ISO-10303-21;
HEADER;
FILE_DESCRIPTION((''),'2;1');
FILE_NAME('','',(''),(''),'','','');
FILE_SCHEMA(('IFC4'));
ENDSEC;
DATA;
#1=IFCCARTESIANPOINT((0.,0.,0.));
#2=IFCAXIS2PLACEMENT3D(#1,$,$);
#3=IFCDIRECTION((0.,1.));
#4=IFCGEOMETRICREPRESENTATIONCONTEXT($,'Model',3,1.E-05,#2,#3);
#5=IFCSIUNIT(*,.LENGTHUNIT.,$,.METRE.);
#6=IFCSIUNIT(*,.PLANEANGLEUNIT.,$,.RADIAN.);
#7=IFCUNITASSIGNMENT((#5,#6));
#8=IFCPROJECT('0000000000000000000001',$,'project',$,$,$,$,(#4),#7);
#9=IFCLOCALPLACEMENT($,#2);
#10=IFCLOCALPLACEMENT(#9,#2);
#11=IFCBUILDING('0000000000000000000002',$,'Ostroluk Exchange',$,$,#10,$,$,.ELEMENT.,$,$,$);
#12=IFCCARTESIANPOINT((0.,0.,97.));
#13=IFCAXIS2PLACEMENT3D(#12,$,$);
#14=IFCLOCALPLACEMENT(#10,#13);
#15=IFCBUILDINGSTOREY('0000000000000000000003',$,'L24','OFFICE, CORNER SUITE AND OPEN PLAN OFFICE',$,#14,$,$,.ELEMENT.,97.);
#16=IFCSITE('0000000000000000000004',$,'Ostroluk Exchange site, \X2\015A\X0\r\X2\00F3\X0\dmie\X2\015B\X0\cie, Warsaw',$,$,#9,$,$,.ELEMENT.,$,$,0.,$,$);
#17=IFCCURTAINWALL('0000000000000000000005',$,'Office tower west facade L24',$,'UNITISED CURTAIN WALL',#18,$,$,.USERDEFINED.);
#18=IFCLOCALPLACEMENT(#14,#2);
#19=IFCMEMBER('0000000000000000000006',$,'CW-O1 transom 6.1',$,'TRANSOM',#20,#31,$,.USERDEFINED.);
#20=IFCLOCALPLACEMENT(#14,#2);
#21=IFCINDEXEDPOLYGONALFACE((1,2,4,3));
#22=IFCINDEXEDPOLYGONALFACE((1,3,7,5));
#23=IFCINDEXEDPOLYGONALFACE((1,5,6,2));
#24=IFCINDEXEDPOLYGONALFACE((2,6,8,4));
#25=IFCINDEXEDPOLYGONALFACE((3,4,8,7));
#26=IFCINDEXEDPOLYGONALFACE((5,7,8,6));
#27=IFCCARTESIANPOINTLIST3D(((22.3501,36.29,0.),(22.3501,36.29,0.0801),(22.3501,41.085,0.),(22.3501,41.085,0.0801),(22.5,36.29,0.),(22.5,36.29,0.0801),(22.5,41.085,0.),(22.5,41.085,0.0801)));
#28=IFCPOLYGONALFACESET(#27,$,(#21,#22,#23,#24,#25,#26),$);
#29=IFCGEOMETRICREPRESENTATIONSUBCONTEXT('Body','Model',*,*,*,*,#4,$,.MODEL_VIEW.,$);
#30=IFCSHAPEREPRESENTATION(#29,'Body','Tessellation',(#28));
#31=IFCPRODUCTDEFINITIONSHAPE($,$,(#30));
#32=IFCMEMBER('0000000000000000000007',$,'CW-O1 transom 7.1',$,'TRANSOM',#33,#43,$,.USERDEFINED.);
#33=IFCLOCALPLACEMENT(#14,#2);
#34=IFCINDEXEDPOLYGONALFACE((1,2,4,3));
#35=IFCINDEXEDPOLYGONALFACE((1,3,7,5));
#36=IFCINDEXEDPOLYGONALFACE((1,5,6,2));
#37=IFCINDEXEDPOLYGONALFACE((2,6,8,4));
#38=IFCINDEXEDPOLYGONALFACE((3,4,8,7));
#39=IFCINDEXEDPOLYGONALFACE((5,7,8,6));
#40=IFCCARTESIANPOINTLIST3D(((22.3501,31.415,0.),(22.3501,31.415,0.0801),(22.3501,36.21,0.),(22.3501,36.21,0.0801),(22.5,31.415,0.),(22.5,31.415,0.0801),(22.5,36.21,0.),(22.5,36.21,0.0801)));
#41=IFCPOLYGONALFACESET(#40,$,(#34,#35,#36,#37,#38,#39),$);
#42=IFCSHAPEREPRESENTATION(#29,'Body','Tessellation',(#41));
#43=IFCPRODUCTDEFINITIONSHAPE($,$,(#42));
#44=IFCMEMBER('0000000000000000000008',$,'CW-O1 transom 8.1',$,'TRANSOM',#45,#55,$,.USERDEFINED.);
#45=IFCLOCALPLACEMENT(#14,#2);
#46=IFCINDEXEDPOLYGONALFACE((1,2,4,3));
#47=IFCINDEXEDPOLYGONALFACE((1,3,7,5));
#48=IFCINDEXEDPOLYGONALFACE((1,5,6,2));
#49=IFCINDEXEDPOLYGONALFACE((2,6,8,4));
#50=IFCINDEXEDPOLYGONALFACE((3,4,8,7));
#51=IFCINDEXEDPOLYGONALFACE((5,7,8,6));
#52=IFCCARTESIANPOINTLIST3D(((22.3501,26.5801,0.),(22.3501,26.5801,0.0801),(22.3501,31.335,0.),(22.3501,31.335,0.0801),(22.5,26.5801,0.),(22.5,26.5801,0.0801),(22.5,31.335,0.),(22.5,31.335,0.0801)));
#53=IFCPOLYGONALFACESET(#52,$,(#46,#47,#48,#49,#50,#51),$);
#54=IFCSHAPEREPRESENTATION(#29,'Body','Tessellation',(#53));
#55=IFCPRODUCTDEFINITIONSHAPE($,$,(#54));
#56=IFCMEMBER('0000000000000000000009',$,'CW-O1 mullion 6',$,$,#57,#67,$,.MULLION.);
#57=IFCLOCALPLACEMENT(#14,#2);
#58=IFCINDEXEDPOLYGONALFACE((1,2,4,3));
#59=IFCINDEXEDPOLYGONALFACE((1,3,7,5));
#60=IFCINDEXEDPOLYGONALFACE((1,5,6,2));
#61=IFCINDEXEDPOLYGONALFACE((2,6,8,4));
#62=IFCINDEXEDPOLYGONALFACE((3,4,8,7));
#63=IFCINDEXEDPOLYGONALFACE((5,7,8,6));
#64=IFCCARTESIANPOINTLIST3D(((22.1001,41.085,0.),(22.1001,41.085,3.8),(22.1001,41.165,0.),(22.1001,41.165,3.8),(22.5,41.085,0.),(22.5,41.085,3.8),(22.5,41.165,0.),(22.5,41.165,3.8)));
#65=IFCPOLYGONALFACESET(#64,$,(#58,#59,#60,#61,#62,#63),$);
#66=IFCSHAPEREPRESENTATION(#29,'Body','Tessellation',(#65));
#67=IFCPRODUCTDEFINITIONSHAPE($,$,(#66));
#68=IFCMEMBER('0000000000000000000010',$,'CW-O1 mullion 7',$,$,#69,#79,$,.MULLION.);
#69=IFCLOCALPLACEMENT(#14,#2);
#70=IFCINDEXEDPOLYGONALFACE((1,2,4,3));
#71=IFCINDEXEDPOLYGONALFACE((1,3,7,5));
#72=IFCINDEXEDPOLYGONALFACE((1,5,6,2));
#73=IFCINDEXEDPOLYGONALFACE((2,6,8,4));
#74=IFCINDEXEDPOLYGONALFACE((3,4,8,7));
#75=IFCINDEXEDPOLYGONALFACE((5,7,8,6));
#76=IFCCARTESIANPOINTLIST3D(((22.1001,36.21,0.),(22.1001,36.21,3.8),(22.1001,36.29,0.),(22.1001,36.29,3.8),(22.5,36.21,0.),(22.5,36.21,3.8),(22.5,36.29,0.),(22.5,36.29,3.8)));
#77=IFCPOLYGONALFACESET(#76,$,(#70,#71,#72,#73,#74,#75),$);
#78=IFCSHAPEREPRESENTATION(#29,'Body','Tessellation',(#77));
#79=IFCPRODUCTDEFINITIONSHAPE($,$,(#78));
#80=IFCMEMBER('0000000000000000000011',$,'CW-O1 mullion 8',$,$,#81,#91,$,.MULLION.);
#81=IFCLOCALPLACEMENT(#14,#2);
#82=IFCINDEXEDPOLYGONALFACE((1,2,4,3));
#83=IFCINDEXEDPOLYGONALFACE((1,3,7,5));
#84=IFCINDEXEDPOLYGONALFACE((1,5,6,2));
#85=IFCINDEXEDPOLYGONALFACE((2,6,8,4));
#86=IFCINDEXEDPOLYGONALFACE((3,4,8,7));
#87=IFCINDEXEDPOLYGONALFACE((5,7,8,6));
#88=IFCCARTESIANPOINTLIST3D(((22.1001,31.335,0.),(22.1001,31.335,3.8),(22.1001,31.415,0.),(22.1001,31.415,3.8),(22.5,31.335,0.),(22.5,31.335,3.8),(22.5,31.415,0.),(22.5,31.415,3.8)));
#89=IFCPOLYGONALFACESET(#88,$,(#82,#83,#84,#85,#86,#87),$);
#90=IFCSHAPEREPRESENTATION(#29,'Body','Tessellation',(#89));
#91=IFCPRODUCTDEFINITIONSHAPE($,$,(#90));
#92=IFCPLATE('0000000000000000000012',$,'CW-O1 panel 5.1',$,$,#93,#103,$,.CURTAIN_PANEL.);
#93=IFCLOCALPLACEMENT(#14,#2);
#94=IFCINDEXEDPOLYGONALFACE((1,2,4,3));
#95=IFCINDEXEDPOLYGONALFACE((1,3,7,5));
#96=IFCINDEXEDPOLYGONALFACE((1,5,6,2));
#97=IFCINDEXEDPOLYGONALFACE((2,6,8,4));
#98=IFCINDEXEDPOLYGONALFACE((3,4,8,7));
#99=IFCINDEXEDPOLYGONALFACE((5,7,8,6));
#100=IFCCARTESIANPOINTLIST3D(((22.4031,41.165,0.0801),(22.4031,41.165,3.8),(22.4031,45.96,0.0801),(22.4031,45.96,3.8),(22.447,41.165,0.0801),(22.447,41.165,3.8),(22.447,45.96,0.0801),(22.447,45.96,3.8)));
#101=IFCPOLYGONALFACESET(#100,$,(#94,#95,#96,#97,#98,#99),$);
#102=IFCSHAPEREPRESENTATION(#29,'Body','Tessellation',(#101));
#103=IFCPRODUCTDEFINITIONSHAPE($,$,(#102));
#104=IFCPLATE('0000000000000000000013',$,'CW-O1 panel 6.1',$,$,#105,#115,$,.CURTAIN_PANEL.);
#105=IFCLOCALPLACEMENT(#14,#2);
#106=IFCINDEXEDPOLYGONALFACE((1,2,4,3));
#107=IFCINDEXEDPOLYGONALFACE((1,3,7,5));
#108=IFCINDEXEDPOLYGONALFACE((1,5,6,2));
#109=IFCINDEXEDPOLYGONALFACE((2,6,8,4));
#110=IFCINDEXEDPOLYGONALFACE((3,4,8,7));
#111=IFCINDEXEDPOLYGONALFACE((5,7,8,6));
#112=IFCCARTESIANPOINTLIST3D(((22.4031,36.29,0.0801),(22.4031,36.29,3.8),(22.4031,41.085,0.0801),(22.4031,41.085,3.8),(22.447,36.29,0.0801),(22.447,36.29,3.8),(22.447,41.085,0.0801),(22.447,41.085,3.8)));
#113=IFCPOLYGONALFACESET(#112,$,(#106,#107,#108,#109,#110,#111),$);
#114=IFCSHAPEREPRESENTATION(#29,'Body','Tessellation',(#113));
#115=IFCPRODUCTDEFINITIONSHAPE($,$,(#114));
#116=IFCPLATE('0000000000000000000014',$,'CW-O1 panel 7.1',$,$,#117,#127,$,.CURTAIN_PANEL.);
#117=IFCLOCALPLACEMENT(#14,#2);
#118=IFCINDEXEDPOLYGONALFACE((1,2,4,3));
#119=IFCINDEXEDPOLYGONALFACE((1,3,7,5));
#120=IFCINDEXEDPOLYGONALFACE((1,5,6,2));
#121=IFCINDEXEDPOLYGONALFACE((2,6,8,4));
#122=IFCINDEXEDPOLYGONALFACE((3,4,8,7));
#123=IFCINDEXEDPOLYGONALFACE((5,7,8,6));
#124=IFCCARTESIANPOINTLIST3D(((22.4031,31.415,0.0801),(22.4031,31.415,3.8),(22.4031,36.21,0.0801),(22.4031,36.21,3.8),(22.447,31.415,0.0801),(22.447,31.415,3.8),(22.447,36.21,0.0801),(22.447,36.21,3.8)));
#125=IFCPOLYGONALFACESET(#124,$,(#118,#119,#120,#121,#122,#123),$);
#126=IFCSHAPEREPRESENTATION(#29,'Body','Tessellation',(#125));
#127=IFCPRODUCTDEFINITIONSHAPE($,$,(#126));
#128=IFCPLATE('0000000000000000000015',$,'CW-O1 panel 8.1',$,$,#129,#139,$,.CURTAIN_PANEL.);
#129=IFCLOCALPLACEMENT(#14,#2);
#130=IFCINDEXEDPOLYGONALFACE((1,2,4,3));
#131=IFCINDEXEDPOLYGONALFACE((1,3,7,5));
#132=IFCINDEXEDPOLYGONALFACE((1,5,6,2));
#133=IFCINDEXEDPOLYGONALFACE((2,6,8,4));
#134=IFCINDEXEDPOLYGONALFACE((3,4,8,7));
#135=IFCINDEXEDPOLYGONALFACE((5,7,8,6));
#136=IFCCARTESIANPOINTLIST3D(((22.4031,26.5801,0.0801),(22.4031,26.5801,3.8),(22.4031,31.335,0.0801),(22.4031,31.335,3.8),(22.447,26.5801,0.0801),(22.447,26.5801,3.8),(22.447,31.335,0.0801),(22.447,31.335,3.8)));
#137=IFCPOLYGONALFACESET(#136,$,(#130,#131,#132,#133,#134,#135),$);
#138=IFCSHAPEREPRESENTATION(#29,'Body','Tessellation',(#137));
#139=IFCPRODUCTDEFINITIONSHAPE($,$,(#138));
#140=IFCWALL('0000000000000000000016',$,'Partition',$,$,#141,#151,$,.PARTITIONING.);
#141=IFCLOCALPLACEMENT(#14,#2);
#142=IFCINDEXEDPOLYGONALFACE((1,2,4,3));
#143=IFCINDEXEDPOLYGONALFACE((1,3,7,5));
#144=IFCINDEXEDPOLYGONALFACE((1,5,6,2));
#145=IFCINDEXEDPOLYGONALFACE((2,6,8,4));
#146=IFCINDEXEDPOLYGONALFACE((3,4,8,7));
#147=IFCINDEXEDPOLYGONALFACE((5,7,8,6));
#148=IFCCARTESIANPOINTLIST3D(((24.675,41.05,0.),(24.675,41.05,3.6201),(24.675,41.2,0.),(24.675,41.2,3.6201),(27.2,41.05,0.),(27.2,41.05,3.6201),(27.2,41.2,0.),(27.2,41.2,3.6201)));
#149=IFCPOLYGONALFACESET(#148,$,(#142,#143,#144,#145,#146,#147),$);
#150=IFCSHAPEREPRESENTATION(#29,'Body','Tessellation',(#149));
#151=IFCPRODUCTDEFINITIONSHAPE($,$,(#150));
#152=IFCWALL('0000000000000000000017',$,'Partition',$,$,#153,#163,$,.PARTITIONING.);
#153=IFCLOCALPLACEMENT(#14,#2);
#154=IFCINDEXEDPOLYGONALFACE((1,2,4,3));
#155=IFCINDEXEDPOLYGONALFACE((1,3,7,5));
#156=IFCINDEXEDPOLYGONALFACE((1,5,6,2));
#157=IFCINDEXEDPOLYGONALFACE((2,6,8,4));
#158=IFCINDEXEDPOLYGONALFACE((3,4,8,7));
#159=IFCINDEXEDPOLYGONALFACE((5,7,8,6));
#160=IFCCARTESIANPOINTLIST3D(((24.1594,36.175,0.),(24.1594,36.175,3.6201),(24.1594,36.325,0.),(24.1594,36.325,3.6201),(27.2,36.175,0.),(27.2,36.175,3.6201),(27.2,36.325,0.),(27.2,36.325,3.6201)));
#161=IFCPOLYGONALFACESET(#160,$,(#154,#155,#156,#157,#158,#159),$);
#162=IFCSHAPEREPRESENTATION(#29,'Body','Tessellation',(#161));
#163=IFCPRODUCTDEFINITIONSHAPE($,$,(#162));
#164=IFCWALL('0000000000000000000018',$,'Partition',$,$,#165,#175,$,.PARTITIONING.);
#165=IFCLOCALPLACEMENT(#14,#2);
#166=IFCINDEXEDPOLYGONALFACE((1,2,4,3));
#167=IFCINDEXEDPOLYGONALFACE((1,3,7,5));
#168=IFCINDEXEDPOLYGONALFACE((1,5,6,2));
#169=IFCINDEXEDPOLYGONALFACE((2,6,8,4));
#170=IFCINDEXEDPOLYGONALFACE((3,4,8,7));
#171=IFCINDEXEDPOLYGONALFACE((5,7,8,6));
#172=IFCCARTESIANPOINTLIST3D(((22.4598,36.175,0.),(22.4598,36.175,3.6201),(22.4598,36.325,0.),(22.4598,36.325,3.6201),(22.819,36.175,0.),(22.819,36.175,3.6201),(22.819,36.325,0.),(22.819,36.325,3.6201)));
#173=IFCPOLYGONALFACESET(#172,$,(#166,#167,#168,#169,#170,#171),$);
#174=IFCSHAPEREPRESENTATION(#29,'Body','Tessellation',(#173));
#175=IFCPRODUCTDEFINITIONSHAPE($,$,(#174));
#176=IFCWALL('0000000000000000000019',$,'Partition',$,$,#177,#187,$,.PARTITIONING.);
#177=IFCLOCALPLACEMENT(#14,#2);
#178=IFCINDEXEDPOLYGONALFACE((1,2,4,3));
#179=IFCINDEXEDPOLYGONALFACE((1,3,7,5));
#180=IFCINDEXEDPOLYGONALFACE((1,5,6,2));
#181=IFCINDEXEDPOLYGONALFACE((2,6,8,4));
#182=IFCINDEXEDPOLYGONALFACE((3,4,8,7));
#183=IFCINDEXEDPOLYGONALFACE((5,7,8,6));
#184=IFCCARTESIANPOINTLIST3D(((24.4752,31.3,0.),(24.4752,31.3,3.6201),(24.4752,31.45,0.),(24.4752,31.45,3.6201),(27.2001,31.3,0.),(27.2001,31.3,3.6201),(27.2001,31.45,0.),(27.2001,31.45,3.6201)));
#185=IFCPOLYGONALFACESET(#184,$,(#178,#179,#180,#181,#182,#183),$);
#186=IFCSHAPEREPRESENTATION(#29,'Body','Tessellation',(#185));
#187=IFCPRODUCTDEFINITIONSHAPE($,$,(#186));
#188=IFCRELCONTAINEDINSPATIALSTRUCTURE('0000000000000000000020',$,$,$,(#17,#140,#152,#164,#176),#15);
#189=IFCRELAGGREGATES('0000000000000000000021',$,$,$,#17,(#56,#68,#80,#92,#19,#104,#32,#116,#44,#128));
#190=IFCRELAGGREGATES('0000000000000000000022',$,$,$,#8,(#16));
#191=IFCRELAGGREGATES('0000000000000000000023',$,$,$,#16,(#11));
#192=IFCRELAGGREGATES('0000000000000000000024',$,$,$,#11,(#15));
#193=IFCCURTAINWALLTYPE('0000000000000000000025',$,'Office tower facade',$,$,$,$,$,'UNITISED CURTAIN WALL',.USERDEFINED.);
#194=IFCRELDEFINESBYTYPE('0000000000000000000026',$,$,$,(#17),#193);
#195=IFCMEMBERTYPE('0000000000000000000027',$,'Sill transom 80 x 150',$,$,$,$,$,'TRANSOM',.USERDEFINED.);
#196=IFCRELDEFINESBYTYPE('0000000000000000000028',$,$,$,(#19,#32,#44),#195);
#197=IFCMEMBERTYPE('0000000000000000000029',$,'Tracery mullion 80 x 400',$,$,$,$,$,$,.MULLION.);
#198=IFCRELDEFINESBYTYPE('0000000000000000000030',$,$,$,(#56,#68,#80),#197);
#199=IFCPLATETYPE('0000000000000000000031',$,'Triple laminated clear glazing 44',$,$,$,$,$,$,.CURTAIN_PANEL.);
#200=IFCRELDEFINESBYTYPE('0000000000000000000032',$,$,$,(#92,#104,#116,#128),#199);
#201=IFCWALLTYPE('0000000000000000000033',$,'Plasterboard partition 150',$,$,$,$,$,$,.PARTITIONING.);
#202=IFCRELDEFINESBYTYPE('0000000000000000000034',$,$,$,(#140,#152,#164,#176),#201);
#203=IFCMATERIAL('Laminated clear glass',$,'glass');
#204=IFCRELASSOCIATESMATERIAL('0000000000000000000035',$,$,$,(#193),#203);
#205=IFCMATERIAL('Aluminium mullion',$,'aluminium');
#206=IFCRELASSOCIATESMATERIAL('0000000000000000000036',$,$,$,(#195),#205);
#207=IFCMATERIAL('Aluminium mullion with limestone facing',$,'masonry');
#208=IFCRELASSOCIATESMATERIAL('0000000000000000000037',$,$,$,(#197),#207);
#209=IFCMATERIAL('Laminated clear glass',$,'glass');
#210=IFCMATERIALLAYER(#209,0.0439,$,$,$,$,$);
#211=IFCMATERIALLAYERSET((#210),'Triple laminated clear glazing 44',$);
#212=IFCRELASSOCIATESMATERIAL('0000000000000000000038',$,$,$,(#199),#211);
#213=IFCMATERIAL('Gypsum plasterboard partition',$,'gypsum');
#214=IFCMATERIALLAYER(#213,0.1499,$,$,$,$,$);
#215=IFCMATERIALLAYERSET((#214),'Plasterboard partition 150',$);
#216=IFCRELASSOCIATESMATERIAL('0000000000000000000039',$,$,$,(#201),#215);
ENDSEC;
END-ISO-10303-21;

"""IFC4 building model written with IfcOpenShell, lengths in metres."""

from ifc_helpers import new_model, si_unit, direction, frame, frame_2d, origin, origin_2d, place, context, subcontext, project, spatial, rectangle, extrude, material, layer, layer_set, material_profile, profile_set, type_object, element, aggregate, save


model = new_model("IFC4")

# Units and contexts
model_context = context("Model", 3, precision=1e-05, world=origin(), true_north=direction((0.0, 1.0)))
body_context = subcontext(model_context, "Body", "Model", "MODEL_VIEW")
ifc_project = project(units=[si_unit("LENGTHUNIT", "METRE"), si_unit("PLANEANGLEUNIT", "RADIAN")], contexts=[model_context])

# Site, building, storey
site_placement = place(None, origin())
site = spatial("IfcSite", under=ifc_project, at=site_placement, Name="Ostroluk Exchange site, Śródmieście, Warsaw", CompositionType="ELEMENT", RefElevation=0.0)
building_placement = place(site_placement, origin())
building = spatial("IfcBuilding", under=site, at=building_placement, Name="Ostroluk Exchange", CompositionType="ELEMENT")
storey_placement = place(building_placement, frame((0.0, 0.0, 97.0)))
storey = spatial("IfcBuildingStorey", under=building, at=storey_placement, Name="L24", Description="OFFICE, CORNER SUITE AND OPEN PLAN OFFICE", CompositionType="ELEMENT", Elevation=97.0)

# Curtain wall, members, plates
ifc_material_1 = material(Name="Laminated clear glass", Category="glass")
curtain_wall_type = type_object("IfcCurtainWallType", Name="Office tower facade", ElementType="UNITISED CURTAIN WALL", PredefinedType="USERDEFINED", material=ifc_material_1)
curtain_wall_placement = place(storey_placement, origin())
curtain_wall = element("IfcCurtainWall", 1, at=curtain_wall_placement, inside=storey, type_object=curtain_wall_type, Name="Office tower west facade L24", ObjectType="UNITISED CURTAIN WALL", PredefinedType="USERDEFINED")
ifc_material_2 = material(Name="Aluminium mullion", Category="aluminium")
ifc_material_profile_1 = material_profile(ifc_material_2, rectangle(XDim=0.1499, YDim=0.0801, at=origin_2d()), Name="Sill transom 80 x 150")
ifc_profile_set_1 = profile_set([ifc_material_profile_1], Name="Aluminium mullion")
member_type_1 = type_object("IfcMemberType", Name="Sill transom 80 x 150", ElementType="TRANSOM", PredefinedType="USERDEFINED", material=ifc_profile_set_1)
member_1_placement = place(storey_placement, frame((22.425, 41.085, 0.04), z_axis=(0.0, -1.0, 0.0), x_axis=(1.0, 0.0, 0.0)))
member_1 = element("IfcMember", 2, at=member_1_placement, type_object=member_type_1, Name="CW-O1 transom 6.1", ObjectType="TRANSOM", PredefinedType="USERDEFINED", context=body_context, shape_type="SweptSolid", body=[
    extrude(rectangle(XDim=0.1499, YDim=0.0801, at=origin_2d()), origin(), (0.0, 0.0, 1.0), 4.7949),
])
member_2_placement = place(storey_placement, frame((22.425, 36.21, 0.04), z_axis=(0.0, -1.0, 0.0), x_axis=(1.0, 0.0, 0.0)))
member_2 = element("IfcMember", 3, at=member_2_placement, type_object=member_type_1, Name="CW-O1 transom 7.1", ObjectType="TRANSOM", PredefinedType="USERDEFINED", context=body_context, shape_type="SweptSolid", body=[
    extrude(rectangle(XDim=0.1499, YDim=0.0801, at=origin_2d()), origin(), (0.0, 0.0, 1.0), 4.7949),
])
member_3_placement = place(storey_placement, frame((22.425, 31.335, 0.04), z_axis=(0.0, -1.0, 0.0), x_axis=(1.0, 0.0, 0.0)))
member_3 = element("IfcMember", 4, at=member_3_placement, type_object=member_type_1, Name="CW-O1 transom 8.1", ObjectType="TRANSOM", PredefinedType="USERDEFINED", context=body_context, shape_type="SweptSolid", body=[
    extrude(rectangle(XDim=0.1499, YDim=0.0801, at=origin_2d()), origin(), (0.0, 0.0, 1.0), 4.7549),
])
ifc_material_3 = material(Name="Aluminium mullion with limestone facing", Category="masonry")
ifc_material_profile_2 = material_profile(ifc_material_3, rectangle(XDim=0.3999, YDim=0.0801, at=origin_2d()), Name="Tracery mullion 80 x 400")
ifc_profile_set_2 = profile_set([ifc_material_profile_2], Name="Aluminium mullion with limestone facing")
member_type_2 = type_object("IfcMemberType", Name="Tracery mullion 80 x 400", PredefinedType="MULLION", material=ifc_profile_set_2)
member_4_placement = place(storey_placement, frame((22.3, 41.125, 0.0), z_axis=(0.0, 0.0, 1.0), x_axis=(1.0, 0.0, 0.0)))
member_4 = element("IfcMember", 5, at=member_4_placement, type_object=member_type_2, Name="CW-O1 mullion 6", PredefinedType="MULLION", context=body_context, shape_type="SweptSolid", body=[
    extrude(rectangle(XDim=0.3999, YDim=0.0801, at=origin_2d()), origin(), (0.0, 0.0, 1.0), 3.8),
])
member_5_placement = place(storey_placement, frame((22.3, 36.25, 0.0), z_axis=(0.0, 0.0, 1.0), x_axis=(1.0, 0.0, 0.0)))
member_5 = element("IfcMember", 6, at=member_5_placement, type_object=member_type_2, Name="CW-O1 mullion 7", PredefinedType="MULLION", context=body_context, shape_type="SweptSolid", body=[
    extrude(rectangle(XDim=0.3999, YDim=0.0801, at=origin_2d()), origin(), (0.0, 0.0, 1.0), 3.8),
])
member_6_placement = place(storey_placement, frame((22.3, 31.375, 0.0), z_axis=(0.0, 0.0, 1.0), x_axis=(1.0, 0.0, 0.0)))
member_6 = element("IfcMember", 7, at=member_6_placement, type_object=member_type_2, Name="CW-O1 mullion 8", PredefinedType="MULLION", context=body_context, shape_type="SweptSolid", body=[
    extrude(rectangle(XDim=0.3999, YDim=0.0801, at=origin_2d()), origin(), (0.0, 0.0, 1.0), 3.8),
])
ifc_material_4 = material(Name="Laminated clear glass", Category="glass")
ifc_layer_1 = layer(ifc_material_4, 0.0439)
ifc_layer_set_1 = layer_set([ifc_layer_1], Name="Triple laminated clear glazing 44")
plate_type = type_object("IfcPlateType", Name="Triple laminated clear glazing 44", PredefinedType="CURTAIN_PANEL", material=ifc_layer_set_1)
plate_1_placement = place(storey_placement, frame((22.425, 43.5625, 0.0801), z_axis=(0.0, 0.0, 1.0), x_axis=(0.0, -1.0, 0.0)))
plate_1 = element("IfcPlate", 8, at=plate_1_placement, type_object=plate_type, Name="CW-O1 panel 5.1", PredefinedType="CURTAIN_PANEL", context=body_context, shape_type="SweptSolid", body=[
    extrude(rectangle(XDim=4.7949, YDim=0.0439, at=origin_2d()), origin(), (0.0, 0.0, 1.0), 3.72),
])
plate_2_placement = place(storey_placement, frame((22.425, 38.6875, 0.0801), z_axis=(0.0, 0.0, 1.0), x_axis=(0.0, -1.0, 0.0)))
plate_2 = element("IfcPlate", 9, at=plate_2_placement, type_object=plate_type, Name="CW-O1 panel 6.1", PredefinedType="CURTAIN_PANEL", context=body_context, shape_type="SweptSolid", body=[
    extrude(rectangle(XDim=4.7949, YDim=0.0439, at=origin_2d()), origin(), (0.0, 0.0, 1.0), 3.72),
])
plate_3_placement = place(storey_placement, frame((22.425, 33.8125, 0.0801), z_axis=(0.0, 0.0, 1.0), x_axis=(0.0, -1.0, 0.0)))
plate_3 = element("IfcPlate", 10, at=plate_3_placement, type_object=plate_type, Name="CW-O1 panel 7.1", PredefinedType="CURTAIN_PANEL", context=body_context, shape_type="SweptSolid", body=[
    extrude(rectangle(XDim=4.7949, YDim=0.0439, at=origin_2d()), origin(), (0.0, 0.0, 1.0), 3.72),
])
plate_4_placement = place(storey_placement, frame((22.425, 28.9575, 0.0801), z_axis=(0.0, 0.0, 1.0), x_axis=(0.0, -1.0, 0.0)))
plate_4 = element("IfcPlate", 11, at=plate_4_placement, type_object=plate_type, Name="CW-O1 panel 8.1", PredefinedType="CURTAIN_PANEL", context=body_context, shape_type="SweptSolid", body=[
    extrude(rectangle(XDim=4.7549, YDim=0.0439, at=origin_2d()), origin(), (0.0, 0.0, 1.0), 3.72),
])
aggregate(curtain_wall, [member_4, member_5, member_6, plate_1, member_1, plate_2, member_2, plate_3, member_3, plate_4])

# Walls
ifc_material_5 = material(Name="Gypsum plasterboard partition", Category="gypsum")
ifc_layer_2 = layer(ifc_material_5, 0.1499)
ifc_layer_set_2 = layer_set([ifc_layer_2], Name="Plasterboard partition 150")
wall_type_1 = type_object("IfcWallType", Name="Plasterboard partition 150", PredefinedType="PARTITIONING", material=ifc_layer_set_2)
wall_1_placement = place(storey_placement, frame((27.2, 41.125, 0.0), z_axis=(0.0, 0.0, 1.0), x_axis=(-1.0, 0.0, 0.0)))
element("IfcWall", 12, at=wall_1_placement, inside=storey, type_object=wall_type_1, Name="Partition", PredefinedType="PARTITIONING", context=body_context, shape_type="SweptSolid", body=[
    extrude(rectangle(XDim=2.5249, YDim=0.1499, at=frame_2d((1.2625, 0.0))), origin(), (0.0, 0.0, 1.0), 3.6201),
])
wall_2_placement = place(storey_placement, frame((27.2, 36.25, 0.0), z_axis=(0.0, 0.0, 1.0), x_axis=(-1.0, 0.0, 0.0)))
element("IfcWall", 13, at=wall_2_placement, inside=storey, type_object=wall_type_1, Name="Partition", PredefinedType="PARTITIONING", context=body_context, shape_type="SweptSolid", body=[
    extrude(rectangle(XDim=3.0405, YDim=0.1499, at=frame_2d((1.5203, 0.0))), origin(), (0.0, 0.0, 1.0), 3.6201),
])
wall_3_placement = place(storey_placement, frame((22.8191, 36.25, 0.0), z_axis=(0.0, 0.0, 1.0), x_axis=(-1.0, 0.0, 0.0)))
element("IfcWall", 14, at=wall_3_placement, inside=storey, type_object=wall_type_1, Name="Partition", PredefinedType="PARTITIONING", context=body_context, shape_type="SweptSolid", body=[
    extrude(rectangle(XDim=0.3591, YDim=0.1499, at=frame_2d((0.1797, 0.0))), origin(), (0.0, 0.0, 1.0), 3.6201),
])
wall_4_placement = place(storey_placement, frame((27.2, 31.375, 0.0), z_axis=(0.0, 0.0, 1.0), x_axis=(-1.0, 0.0, 0.0)))
element("IfcWall", 15, at=wall_4_placement, inside=storey, type_object=wall_type_1, Name="Partition", PredefinedType="PARTITIONING", context=body_context, shape_type="SweptSolid", body=[
    extrude(rectangle(XDim=2.7249, YDim=0.1499, at=frame_2d((1.3623, 0.0))), origin(), (0.0, 0.0, 1.0), 3.6201),
])

save(model, "model.ifc")
